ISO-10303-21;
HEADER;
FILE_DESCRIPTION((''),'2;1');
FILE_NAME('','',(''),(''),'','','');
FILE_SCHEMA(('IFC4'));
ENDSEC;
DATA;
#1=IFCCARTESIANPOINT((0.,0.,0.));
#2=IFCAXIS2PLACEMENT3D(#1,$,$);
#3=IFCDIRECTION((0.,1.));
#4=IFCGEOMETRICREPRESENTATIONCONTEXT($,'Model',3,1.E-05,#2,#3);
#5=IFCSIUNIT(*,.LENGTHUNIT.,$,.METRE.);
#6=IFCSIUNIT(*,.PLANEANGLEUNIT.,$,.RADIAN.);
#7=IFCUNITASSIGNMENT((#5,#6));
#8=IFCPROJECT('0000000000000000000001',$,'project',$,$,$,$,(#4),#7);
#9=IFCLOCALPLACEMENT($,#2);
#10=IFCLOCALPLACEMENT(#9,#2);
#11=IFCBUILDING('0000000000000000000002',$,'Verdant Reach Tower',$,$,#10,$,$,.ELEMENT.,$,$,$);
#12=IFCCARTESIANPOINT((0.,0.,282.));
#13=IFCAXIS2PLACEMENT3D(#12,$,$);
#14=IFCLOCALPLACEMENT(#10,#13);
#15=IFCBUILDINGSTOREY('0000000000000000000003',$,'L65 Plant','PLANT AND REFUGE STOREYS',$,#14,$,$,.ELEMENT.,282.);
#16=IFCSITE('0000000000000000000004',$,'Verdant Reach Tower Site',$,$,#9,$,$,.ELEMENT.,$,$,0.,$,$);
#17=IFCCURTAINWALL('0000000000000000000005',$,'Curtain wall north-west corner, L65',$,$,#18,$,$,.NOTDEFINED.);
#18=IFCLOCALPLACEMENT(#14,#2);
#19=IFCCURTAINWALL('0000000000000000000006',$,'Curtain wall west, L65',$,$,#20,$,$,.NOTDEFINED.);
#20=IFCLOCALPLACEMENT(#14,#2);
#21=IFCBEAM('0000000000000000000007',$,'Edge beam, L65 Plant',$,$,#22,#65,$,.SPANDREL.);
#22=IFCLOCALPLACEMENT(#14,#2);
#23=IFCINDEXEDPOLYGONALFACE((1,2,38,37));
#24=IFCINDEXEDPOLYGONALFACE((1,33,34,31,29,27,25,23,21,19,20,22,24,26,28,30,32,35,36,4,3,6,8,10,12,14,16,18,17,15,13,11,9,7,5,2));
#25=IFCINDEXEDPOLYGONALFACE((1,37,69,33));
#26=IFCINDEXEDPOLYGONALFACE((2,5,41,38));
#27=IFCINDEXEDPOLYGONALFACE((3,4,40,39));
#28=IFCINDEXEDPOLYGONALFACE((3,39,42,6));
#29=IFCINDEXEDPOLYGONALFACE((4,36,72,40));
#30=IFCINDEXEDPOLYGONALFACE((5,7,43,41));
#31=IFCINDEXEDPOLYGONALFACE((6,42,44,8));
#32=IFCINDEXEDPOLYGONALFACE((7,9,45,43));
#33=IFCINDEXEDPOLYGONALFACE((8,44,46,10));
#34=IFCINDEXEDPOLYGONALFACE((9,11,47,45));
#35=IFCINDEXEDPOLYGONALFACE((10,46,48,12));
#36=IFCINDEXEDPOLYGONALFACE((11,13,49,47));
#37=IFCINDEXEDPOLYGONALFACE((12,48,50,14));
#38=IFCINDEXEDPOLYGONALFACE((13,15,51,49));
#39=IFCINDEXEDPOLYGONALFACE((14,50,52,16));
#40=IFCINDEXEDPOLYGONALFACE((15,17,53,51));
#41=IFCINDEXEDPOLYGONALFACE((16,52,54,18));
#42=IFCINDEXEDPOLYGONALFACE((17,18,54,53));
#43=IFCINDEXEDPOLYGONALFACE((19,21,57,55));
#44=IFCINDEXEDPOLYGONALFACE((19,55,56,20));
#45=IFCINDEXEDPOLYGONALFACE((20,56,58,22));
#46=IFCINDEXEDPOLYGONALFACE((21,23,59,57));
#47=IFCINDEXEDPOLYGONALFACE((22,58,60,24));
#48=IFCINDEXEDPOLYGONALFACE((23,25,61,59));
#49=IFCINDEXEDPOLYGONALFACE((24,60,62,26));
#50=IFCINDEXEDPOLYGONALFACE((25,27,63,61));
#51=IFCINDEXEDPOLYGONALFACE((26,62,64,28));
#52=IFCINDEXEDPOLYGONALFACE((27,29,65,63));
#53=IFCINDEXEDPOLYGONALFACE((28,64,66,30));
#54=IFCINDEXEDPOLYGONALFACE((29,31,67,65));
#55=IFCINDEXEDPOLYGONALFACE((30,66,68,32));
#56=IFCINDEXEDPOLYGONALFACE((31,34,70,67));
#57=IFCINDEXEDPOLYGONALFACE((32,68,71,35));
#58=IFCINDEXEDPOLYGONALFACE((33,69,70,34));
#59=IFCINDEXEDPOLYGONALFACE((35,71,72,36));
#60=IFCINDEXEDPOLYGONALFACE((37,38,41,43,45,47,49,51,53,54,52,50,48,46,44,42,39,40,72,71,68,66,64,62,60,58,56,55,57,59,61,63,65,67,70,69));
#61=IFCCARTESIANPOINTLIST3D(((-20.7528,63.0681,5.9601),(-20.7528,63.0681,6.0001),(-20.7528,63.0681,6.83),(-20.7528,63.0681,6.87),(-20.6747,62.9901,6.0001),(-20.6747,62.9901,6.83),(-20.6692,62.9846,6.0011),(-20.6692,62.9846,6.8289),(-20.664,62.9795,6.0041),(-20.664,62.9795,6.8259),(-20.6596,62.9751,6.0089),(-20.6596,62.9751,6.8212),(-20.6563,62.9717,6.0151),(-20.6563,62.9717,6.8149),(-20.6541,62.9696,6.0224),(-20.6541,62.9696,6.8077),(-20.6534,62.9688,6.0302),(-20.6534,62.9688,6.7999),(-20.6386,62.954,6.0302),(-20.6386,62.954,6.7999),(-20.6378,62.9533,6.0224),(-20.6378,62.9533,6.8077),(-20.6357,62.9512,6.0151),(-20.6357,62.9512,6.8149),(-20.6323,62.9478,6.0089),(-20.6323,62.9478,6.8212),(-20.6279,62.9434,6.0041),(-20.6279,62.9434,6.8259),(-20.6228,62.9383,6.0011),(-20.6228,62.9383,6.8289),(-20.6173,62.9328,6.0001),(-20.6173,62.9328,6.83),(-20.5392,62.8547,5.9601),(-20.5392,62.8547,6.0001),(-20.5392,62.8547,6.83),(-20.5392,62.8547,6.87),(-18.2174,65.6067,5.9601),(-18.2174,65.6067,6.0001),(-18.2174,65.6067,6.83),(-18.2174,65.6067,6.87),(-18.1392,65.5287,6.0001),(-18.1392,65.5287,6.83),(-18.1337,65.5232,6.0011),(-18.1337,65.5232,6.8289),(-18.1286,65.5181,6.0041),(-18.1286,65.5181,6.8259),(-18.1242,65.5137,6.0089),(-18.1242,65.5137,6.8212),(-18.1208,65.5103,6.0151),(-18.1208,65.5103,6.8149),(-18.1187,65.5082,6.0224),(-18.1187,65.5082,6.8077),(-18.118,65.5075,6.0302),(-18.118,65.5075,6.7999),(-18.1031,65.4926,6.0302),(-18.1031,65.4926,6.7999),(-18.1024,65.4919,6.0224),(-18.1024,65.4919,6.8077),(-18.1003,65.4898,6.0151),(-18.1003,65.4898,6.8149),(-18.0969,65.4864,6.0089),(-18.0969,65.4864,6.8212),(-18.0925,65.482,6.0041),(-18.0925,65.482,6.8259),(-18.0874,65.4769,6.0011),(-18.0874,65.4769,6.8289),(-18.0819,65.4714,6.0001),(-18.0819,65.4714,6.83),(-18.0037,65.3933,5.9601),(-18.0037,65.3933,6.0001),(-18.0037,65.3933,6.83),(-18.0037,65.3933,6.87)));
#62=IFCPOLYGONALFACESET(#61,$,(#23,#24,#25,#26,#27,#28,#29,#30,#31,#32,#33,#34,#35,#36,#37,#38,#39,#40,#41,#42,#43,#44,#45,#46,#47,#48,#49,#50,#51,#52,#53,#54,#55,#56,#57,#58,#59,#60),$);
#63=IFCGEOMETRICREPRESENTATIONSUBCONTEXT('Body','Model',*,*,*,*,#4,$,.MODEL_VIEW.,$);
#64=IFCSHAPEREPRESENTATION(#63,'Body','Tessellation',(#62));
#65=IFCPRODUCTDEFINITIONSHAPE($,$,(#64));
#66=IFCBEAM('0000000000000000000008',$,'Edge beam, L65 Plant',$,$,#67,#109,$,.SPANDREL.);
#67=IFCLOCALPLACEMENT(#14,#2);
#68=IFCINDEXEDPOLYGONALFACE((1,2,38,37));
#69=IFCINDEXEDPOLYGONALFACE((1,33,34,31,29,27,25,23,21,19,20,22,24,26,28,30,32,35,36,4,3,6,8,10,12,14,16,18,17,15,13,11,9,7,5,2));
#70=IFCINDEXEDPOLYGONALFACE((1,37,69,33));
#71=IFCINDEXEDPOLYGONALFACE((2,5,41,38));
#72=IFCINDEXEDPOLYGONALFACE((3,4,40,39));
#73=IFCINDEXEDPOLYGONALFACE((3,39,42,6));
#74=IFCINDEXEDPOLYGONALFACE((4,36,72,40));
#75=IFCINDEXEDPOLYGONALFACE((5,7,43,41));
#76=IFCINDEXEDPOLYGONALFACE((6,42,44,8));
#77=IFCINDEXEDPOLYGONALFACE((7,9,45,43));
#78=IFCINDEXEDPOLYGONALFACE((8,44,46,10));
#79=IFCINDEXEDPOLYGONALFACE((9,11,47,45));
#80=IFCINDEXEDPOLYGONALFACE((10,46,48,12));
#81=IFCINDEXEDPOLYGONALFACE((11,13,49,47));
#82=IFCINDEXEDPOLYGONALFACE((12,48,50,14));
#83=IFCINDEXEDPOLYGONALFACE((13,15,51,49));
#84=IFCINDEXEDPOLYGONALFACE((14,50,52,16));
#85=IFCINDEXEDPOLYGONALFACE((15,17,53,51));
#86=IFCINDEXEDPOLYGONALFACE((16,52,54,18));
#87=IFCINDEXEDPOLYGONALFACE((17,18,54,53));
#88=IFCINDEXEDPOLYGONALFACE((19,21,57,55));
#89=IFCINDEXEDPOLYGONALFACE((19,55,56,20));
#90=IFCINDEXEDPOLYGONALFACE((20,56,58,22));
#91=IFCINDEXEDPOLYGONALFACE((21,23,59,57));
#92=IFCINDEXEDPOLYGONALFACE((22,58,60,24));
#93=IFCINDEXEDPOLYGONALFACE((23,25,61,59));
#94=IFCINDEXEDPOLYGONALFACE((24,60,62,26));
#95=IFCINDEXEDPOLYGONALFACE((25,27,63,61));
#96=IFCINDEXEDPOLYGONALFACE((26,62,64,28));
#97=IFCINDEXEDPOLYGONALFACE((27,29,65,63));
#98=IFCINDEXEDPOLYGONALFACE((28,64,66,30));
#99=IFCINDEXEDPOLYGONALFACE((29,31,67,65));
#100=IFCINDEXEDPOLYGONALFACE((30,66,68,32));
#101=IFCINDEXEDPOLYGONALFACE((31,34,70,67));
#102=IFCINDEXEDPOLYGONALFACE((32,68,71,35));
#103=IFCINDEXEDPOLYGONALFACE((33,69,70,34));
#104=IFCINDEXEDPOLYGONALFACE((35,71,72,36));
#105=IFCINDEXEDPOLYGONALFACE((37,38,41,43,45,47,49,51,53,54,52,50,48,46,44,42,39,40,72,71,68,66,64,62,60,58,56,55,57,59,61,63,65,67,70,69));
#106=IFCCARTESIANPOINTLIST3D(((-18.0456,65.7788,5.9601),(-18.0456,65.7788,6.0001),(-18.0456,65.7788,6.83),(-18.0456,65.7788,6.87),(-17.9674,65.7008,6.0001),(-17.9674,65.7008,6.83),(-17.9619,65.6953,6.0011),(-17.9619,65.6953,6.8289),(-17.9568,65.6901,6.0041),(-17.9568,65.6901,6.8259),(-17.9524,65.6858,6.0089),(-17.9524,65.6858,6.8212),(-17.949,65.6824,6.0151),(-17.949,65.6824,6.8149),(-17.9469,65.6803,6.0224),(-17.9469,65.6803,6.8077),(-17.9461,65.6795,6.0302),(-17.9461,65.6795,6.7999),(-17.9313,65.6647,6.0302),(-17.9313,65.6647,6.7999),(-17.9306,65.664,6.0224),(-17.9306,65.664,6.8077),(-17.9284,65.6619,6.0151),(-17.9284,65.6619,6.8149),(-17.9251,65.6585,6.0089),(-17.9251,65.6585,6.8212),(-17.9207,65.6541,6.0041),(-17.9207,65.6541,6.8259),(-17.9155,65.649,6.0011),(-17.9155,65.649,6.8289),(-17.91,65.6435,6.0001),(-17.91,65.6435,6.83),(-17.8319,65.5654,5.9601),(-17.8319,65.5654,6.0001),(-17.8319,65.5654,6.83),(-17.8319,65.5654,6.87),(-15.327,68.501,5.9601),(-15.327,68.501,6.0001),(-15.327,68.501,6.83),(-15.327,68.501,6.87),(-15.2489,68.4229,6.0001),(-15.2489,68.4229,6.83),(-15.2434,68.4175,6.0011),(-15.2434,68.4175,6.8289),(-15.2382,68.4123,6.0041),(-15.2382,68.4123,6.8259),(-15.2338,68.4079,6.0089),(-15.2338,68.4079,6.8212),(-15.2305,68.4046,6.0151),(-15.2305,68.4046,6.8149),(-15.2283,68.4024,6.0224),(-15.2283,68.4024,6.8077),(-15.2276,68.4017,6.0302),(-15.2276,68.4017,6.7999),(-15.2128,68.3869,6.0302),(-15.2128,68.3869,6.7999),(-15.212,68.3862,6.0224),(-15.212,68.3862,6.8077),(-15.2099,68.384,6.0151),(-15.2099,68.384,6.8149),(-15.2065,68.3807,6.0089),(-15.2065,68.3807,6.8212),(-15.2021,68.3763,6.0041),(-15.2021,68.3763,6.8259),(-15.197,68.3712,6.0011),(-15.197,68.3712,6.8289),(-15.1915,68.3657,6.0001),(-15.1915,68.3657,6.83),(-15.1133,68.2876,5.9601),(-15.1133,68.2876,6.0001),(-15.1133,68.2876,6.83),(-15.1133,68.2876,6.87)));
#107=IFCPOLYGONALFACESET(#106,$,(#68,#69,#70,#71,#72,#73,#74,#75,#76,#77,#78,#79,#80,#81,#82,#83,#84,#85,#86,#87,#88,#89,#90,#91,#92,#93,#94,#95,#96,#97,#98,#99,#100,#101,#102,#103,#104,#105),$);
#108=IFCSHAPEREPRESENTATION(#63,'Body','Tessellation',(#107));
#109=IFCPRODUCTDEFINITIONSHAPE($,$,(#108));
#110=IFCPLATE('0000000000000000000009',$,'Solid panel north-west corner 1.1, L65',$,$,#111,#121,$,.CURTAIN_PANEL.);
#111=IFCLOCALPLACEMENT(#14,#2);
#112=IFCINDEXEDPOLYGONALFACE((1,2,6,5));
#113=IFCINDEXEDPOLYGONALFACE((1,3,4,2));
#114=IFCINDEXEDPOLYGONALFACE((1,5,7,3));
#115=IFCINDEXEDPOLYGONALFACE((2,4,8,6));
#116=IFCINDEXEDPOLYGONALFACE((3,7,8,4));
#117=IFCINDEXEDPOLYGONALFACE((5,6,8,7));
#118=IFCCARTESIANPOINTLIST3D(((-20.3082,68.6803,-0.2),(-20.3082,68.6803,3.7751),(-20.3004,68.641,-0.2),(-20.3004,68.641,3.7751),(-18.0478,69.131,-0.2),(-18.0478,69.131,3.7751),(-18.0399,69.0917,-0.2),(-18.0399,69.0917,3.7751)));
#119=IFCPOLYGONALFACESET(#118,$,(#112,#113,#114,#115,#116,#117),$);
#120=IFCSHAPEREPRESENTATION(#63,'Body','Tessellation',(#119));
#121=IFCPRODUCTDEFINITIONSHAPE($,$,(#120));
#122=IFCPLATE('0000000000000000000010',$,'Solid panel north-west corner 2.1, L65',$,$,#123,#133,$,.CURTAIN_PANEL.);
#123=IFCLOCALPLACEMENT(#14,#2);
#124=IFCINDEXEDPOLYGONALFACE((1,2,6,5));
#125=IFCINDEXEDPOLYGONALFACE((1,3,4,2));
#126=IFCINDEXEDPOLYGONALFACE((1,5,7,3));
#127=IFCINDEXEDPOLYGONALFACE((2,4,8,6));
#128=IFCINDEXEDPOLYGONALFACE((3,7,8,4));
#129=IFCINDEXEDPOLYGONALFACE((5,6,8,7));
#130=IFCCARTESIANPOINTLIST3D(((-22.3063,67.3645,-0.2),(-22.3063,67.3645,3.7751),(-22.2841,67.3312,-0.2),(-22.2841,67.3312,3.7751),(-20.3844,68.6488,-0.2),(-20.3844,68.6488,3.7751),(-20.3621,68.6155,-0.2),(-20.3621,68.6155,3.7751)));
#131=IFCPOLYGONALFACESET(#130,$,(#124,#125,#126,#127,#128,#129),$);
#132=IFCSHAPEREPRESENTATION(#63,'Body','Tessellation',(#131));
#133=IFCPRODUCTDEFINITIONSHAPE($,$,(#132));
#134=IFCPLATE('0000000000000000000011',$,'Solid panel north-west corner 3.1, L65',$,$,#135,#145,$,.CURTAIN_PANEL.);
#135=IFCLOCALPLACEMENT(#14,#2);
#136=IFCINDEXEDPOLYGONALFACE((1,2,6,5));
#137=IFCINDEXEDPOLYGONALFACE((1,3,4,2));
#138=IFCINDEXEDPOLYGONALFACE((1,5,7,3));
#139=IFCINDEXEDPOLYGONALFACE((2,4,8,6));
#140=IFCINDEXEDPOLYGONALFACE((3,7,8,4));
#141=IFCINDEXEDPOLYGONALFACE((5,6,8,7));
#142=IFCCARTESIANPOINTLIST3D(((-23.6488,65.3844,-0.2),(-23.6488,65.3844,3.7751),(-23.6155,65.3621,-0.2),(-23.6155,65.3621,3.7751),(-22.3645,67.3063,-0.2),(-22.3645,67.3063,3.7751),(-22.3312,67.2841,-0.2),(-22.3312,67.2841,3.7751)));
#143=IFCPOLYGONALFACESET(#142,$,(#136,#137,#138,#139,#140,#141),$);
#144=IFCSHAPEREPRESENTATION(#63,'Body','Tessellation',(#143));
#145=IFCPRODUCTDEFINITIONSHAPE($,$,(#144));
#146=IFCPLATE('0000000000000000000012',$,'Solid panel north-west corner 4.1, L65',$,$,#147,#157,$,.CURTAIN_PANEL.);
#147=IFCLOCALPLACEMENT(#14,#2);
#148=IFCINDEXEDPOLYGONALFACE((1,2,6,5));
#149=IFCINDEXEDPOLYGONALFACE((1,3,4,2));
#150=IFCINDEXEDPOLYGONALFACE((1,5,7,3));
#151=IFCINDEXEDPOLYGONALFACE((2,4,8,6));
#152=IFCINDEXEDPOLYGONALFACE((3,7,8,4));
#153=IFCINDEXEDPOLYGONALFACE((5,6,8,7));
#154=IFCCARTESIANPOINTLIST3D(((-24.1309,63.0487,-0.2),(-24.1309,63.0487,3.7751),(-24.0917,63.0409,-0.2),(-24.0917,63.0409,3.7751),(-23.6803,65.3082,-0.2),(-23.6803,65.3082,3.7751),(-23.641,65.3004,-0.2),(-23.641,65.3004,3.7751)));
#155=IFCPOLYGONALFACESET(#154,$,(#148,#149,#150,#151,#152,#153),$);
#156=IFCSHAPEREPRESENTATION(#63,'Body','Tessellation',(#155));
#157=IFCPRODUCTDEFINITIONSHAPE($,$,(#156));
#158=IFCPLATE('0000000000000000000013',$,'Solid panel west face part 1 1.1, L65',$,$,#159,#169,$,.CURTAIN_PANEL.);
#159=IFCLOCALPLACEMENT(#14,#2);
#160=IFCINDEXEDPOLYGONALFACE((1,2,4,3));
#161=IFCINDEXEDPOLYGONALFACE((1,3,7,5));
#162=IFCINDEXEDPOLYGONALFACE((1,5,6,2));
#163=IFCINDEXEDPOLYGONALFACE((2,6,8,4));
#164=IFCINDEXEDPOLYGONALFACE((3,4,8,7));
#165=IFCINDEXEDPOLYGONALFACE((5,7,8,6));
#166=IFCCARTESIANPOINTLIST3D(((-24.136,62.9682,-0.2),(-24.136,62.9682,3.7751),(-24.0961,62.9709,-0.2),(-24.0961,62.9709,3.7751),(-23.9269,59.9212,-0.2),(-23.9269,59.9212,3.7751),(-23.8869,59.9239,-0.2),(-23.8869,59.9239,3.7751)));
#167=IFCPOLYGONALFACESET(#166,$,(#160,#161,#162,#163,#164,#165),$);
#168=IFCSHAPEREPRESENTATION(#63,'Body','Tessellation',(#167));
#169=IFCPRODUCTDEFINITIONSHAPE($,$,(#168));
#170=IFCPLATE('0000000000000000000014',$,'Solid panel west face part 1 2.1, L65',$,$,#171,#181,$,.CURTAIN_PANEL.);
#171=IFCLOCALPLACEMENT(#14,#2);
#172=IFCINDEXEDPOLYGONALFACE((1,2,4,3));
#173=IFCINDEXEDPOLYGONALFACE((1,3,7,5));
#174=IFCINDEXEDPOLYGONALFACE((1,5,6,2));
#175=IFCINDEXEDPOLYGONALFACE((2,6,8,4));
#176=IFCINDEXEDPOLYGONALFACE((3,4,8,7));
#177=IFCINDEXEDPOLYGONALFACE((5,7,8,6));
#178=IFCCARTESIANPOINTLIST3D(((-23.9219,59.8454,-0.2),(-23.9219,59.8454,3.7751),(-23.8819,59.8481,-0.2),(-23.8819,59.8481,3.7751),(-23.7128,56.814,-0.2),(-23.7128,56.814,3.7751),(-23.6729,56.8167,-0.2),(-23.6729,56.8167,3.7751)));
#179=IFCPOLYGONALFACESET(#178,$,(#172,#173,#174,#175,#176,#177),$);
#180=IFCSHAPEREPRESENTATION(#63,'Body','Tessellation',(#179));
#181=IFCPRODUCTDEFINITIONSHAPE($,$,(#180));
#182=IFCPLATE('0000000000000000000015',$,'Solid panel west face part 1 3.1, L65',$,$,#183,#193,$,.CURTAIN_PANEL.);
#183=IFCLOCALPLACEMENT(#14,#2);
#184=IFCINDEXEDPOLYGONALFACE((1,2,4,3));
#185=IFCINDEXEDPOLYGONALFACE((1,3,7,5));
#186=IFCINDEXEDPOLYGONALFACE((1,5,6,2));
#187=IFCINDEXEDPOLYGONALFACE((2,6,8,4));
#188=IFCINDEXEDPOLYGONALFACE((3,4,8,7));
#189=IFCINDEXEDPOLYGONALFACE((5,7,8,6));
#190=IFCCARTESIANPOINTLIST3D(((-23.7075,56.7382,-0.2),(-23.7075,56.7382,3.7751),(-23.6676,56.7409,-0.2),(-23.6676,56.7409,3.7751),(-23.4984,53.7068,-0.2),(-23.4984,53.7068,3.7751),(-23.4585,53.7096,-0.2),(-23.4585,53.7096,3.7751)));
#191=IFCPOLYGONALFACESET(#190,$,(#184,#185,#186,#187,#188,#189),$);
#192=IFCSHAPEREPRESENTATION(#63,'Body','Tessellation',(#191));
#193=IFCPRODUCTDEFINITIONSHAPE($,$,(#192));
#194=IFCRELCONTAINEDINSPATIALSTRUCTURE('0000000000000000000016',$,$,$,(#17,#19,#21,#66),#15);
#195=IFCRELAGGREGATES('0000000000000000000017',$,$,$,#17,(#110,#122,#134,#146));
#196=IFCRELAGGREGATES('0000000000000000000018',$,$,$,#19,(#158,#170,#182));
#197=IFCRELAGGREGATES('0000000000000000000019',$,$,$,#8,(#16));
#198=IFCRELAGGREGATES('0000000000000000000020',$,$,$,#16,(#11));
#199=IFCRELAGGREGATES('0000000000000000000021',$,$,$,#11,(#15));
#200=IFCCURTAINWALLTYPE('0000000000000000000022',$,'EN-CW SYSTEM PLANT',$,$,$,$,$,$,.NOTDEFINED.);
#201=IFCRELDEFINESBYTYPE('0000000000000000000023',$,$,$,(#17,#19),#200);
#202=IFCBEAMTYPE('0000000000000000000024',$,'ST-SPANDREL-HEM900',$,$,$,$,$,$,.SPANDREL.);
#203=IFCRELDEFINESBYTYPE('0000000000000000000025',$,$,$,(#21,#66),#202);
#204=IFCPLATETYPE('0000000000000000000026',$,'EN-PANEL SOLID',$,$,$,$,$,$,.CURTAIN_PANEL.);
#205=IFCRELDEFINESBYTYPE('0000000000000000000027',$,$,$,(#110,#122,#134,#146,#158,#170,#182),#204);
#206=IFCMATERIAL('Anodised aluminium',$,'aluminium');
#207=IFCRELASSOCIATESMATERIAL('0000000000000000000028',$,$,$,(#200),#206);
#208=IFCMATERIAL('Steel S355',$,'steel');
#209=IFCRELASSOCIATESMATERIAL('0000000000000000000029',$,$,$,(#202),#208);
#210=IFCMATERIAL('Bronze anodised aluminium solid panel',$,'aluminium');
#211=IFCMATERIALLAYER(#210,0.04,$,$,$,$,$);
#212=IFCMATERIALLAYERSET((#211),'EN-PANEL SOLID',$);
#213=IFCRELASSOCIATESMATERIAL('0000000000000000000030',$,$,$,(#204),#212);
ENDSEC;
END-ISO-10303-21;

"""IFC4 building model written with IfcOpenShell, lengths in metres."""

from ifc_helpers import new_model, si_unit, direction, frame, origin, origin_2d, place, context, subcontext, project, spatial, rectangle, i_section, extrude, material, layer, layer_set, material_profile, profile_set, type_object, element, aggregate, save


model = new_model("IFC4")

# Units and contexts
model_context = context("Model", 3, precision=1e-05, world=origin(), true_north=direction((0.0, 1.0)))
body_context = subcontext(model_context, "Body", "Model", "MODEL_VIEW")
ifc_project = project(units=[si_unit("LENGTHUNIT", "METRE"), si_unit("PLANEANGLEUNIT", "RADIAN")], contexts=[model_context])

# Site, building, storey
site_placement = place(None, origin())
site = spatial("IfcSite", under=ifc_project, at=site_placement, Name="Verdant Reach Tower Site", CompositionType="ELEMENT", RefElevation=0.0)
building_placement = place(site_placement, origin())
building = spatial("IfcBuilding", under=site, at=building_placement, Name="Verdant Reach Tower", CompositionType="ELEMENT")
storey_placement = place(building_placement, frame((0.0, 0.0, 282.0)))
storey = spatial("IfcBuildingStorey", under=building, at=storey_placement, Name="L65 Plant", Description="PLANT AND REFUGE STOREYS", CompositionType="ELEMENT", Elevation=282.0)

# Curtain walls
ifc_material_1 = material(Name="Anodised aluminium", Category="aluminium")
curtain_wall_type = type_object("IfcCurtainWallType", Name="EN-CW SYSTEM PLANT", PredefinedType="NOTDEFINED", material=ifc_material_1)
curtain_wall_1_placement = place(storey_placement, origin())
curtain_wall_1 = element("IfcCurtainWall", 1, at=curtain_wall_1_placement, inside=storey, type_object=curtain_wall_type, Name="Curtain wall north-west corner, L65", PredefinedType="NOTDEFINED")
curtain_wall_2_placement = place(storey_placement, origin())
curtain_wall_2 = element("IfcCurtainWall", 2, at=curtain_wall_2_placement, inside=storey, type_object=curtain_wall_type, Name="Curtain wall west, L65", PredefinedType="NOTDEFINED")

# Beams
ifc_material_2 = material(Name="Steel S355", Category="steel")
ifc_material_profile_1 = material_profile(ifc_material_2, i_section(OverallWidth=0.302, OverallDepth=0.9099, WebThickness=0.021, FlangeThickness=0.04, FilletRadius=0.03, at=origin_2d()), Name="HEM 900")
ifc_profile_set_1 = profile_set([ifc_material_profile_1], Name="Steel S355")
beam_type = type_object("IfcBeamType", Name="ST-SPANDREL-HEM900", PredefinedType="SPANDREL", material=ifc_profile_set_1)
beam_1_placement = place(storey_placement, frame((-20.646, 62.9614, 6.415), z_axis=(0.706664, 0.707549, 0.0), x_axis=(-0.707549, 0.706664, 0.0)))
element("IfcBeam", 3, at=beam_1_placement, inside=storey, type_object=beam_type, Name="Edge beam, L65 Plant", PredefinedType="SPANDREL", context=body_context, shape_type="SweptSolid", body=[
    extrude(i_section(OverallWidth=0.302, OverallDepth=0.9099, WebThickness=0.021, FlangeThickness=0.04, FilletRadius=0.03, at=origin_2d()), origin(), (0.0, 0.0, 1.0), 3.5879),
])
beam_2_placement = place(storey_placement, frame((-17.9387, 65.6721, 6.415), z_axis=(0.706631, 0.707583, 0.0), x_axis=(-0.707583, 0.706631, 0.0)))
element("IfcBeam", 4, at=beam_2_placement, inside=storey, type_object=beam_type, Name="Edge beam, L65 Plant", PredefinedType="SPANDREL", context=body_context, shape_type="SweptSolid", body=[
    extrude(i_section(OverallWidth=0.302, OverallDepth=0.9099, WebThickness=0.021, FlangeThickness=0.04, FilletRadius=0.03, at=origin_2d()), origin(), (0.0, 0.0, 1.0), 3.8472),
])

# Plates
ifc_material_3 = material(Name="Bronze anodised aluminium solid panel", Category="aluminium")
ifc_layer_1 = layer(ifc_material_3, 0.04)
ifc_layer_set_1 = layer_set([ifc_layer_1], Name="EN-PANEL SOLID")
plate_type_1 = type_object("IfcPlateType", Name="EN-PANEL SOLID", PredefinedType="CURTAIN_PANEL", material=ifc_layer_set_1)
plate_1_placement = place(storey_placement, frame((-19.1741, 68.886, -0.2), z_axis=(0.0, 0.0, 1.0), x_axis=(-0.980695, -0.195545, 0.0)))
plate_1 = element("IfcPlate", 5, at=plate_1_placement, type_object=plate_type_1, Name="Solid panel north-west corner 1.1, L65", PredefinedType="CURTAIN_PANEL", context=body_context, shape_type="SweptSolid", body=[
    extrude(rectangle(XDim=2.3049, YDim=0.04, at=origin_2d()), origin(), (0.0, 0.0, 1.0), 3.9751),
])
plate_2_placement = place(storey_placement, frame((-21.3342, 67.99, -0.2), z_axis=(0.0, 0.0, 1.0), x_axis=(-0.831452, -0.555596, 0.0)))
plate_2 = element("IfcPlate", 6, at=plate_2_placement, type_object=plate_type_1, Name="Solid panel north-west corner 2.1, L65", PredefinedType="CURTAIN_PANEL", context=body_context, shape_type="SweptSolid", body=[
    extrude(rectangle(XDim=2.3115, YDim=0.04, at=origin_2d()), origin(), (0.0, 0.0, 1.0), 3.9751),
])
plate_3_placement = place(storey_placement, frame((-22.99, 66.3342, -0.2), z_axis=(0.0, 0.0, 1.0), x_axis=(-0.555596, -0.831452, 0.0)))
plate_3 = element("IfcPlate", 7, at=plate_3_placement, type_object=plate_type_1, Name="Solid panel north-west corner 3.1, L65", PredefinedType="CURTAIN_PANEL", context=body_context, shape_type="SweptSolid", body=[
    extrude(rectangle(XDim=2.3115, YDim=0.04, at=origin_2d()), origin(), (0.0, 0.0, 1.0), 3.9751),
])
plate_4_placement = place(storey_placement, frame((-23.886, 64.1746, -0.2), z_axis=(0.0, 0.0, 1.0), x_axis=(-0.195593, -0.980685, 0.0)))
plate_4 = element("IfcPlate", 8, at=plate_4_placement, type_object=plate_type_1, Name="Solid panel north-west corner 4.1, L65", PredefinedType="CURTAIN_PANEL", context=body_context, shape_type="SweptSolid", body=[
    extrude(rectangle(XDim=2.304, YDim=0.04, at=origin_2d()), origin(), (0.0, 0.0, 1.0), 3.9751),
])
plate_5_placement = place(storey_placement, frame((-24.0115, 61.446, -0.2), z_axis=(0.0, 0.0, 1.0), x_axis=(0.068469, -0.997653, 0.0)))
plate_5 = element("IfcPlate", 9, at=plate_5_placement, type_object=plate_type_1, Name="Solid panel west face part 1 1.1, L65", PredefinedType="CURTAIN_PANEL", context=body_context, shape_type="SweptSolid", body=[
    extrude(rectangle(XDim=3.0542, YDim=0.04, at=origin_2d()), origin(), (0.0, 0.0, 1.0), 3.9751),
])
plate_6_placement = place(storey_placement, frame((-23.7974, 58.3311, -0.2), z_axis=(0.0, 0.0, 1.0), x_axis=(0.068802, -0.99763, 0.0)))
plate_6 = element("IfcPlate", 10, at=plate_6_placement, type_object=plate_type_1, Name="Solid panel west face part 1 2.1, L65", PredefinedType="CURTAIN_PANEL", context=body_context, shape_type="SweptSolid", body=[
    extrude(rectangle(XDim=3.0386, YDim=0.04, at=origin_2d()), origin(), (0.0, 0.0, 1.0), 3.9751),
])
plate_7_placement = place(storey_placement, frame((-23.583, 55.2239, -0.2), z_axis=(0.0, 0.0, 1.0), x_axis=(0.068802, -0.99763, 0.0)))
plate_7 = element("IfcPlate", 11, at=plate_7_placement, type_object=plate_type_1, Name="Solid panel west face part 1 3.1, L65", PredefinedType="CURTAIN_PANEL", context=body_context, shape_type="SweptSolid", body=[
    extrude(rectangle(XDim=3.0386, YDim=0.04, at=origin_2d()), origin(), (0.0, 0.0, 1.0), 3.9751),
])

aggregate(curtain_wall_1, [plate_1, plate_2, plate_3, plate_4])
aggregate(curtain_wall_2, [plate_5, plate_6, plate_7])

save(model, "model.ifc")
